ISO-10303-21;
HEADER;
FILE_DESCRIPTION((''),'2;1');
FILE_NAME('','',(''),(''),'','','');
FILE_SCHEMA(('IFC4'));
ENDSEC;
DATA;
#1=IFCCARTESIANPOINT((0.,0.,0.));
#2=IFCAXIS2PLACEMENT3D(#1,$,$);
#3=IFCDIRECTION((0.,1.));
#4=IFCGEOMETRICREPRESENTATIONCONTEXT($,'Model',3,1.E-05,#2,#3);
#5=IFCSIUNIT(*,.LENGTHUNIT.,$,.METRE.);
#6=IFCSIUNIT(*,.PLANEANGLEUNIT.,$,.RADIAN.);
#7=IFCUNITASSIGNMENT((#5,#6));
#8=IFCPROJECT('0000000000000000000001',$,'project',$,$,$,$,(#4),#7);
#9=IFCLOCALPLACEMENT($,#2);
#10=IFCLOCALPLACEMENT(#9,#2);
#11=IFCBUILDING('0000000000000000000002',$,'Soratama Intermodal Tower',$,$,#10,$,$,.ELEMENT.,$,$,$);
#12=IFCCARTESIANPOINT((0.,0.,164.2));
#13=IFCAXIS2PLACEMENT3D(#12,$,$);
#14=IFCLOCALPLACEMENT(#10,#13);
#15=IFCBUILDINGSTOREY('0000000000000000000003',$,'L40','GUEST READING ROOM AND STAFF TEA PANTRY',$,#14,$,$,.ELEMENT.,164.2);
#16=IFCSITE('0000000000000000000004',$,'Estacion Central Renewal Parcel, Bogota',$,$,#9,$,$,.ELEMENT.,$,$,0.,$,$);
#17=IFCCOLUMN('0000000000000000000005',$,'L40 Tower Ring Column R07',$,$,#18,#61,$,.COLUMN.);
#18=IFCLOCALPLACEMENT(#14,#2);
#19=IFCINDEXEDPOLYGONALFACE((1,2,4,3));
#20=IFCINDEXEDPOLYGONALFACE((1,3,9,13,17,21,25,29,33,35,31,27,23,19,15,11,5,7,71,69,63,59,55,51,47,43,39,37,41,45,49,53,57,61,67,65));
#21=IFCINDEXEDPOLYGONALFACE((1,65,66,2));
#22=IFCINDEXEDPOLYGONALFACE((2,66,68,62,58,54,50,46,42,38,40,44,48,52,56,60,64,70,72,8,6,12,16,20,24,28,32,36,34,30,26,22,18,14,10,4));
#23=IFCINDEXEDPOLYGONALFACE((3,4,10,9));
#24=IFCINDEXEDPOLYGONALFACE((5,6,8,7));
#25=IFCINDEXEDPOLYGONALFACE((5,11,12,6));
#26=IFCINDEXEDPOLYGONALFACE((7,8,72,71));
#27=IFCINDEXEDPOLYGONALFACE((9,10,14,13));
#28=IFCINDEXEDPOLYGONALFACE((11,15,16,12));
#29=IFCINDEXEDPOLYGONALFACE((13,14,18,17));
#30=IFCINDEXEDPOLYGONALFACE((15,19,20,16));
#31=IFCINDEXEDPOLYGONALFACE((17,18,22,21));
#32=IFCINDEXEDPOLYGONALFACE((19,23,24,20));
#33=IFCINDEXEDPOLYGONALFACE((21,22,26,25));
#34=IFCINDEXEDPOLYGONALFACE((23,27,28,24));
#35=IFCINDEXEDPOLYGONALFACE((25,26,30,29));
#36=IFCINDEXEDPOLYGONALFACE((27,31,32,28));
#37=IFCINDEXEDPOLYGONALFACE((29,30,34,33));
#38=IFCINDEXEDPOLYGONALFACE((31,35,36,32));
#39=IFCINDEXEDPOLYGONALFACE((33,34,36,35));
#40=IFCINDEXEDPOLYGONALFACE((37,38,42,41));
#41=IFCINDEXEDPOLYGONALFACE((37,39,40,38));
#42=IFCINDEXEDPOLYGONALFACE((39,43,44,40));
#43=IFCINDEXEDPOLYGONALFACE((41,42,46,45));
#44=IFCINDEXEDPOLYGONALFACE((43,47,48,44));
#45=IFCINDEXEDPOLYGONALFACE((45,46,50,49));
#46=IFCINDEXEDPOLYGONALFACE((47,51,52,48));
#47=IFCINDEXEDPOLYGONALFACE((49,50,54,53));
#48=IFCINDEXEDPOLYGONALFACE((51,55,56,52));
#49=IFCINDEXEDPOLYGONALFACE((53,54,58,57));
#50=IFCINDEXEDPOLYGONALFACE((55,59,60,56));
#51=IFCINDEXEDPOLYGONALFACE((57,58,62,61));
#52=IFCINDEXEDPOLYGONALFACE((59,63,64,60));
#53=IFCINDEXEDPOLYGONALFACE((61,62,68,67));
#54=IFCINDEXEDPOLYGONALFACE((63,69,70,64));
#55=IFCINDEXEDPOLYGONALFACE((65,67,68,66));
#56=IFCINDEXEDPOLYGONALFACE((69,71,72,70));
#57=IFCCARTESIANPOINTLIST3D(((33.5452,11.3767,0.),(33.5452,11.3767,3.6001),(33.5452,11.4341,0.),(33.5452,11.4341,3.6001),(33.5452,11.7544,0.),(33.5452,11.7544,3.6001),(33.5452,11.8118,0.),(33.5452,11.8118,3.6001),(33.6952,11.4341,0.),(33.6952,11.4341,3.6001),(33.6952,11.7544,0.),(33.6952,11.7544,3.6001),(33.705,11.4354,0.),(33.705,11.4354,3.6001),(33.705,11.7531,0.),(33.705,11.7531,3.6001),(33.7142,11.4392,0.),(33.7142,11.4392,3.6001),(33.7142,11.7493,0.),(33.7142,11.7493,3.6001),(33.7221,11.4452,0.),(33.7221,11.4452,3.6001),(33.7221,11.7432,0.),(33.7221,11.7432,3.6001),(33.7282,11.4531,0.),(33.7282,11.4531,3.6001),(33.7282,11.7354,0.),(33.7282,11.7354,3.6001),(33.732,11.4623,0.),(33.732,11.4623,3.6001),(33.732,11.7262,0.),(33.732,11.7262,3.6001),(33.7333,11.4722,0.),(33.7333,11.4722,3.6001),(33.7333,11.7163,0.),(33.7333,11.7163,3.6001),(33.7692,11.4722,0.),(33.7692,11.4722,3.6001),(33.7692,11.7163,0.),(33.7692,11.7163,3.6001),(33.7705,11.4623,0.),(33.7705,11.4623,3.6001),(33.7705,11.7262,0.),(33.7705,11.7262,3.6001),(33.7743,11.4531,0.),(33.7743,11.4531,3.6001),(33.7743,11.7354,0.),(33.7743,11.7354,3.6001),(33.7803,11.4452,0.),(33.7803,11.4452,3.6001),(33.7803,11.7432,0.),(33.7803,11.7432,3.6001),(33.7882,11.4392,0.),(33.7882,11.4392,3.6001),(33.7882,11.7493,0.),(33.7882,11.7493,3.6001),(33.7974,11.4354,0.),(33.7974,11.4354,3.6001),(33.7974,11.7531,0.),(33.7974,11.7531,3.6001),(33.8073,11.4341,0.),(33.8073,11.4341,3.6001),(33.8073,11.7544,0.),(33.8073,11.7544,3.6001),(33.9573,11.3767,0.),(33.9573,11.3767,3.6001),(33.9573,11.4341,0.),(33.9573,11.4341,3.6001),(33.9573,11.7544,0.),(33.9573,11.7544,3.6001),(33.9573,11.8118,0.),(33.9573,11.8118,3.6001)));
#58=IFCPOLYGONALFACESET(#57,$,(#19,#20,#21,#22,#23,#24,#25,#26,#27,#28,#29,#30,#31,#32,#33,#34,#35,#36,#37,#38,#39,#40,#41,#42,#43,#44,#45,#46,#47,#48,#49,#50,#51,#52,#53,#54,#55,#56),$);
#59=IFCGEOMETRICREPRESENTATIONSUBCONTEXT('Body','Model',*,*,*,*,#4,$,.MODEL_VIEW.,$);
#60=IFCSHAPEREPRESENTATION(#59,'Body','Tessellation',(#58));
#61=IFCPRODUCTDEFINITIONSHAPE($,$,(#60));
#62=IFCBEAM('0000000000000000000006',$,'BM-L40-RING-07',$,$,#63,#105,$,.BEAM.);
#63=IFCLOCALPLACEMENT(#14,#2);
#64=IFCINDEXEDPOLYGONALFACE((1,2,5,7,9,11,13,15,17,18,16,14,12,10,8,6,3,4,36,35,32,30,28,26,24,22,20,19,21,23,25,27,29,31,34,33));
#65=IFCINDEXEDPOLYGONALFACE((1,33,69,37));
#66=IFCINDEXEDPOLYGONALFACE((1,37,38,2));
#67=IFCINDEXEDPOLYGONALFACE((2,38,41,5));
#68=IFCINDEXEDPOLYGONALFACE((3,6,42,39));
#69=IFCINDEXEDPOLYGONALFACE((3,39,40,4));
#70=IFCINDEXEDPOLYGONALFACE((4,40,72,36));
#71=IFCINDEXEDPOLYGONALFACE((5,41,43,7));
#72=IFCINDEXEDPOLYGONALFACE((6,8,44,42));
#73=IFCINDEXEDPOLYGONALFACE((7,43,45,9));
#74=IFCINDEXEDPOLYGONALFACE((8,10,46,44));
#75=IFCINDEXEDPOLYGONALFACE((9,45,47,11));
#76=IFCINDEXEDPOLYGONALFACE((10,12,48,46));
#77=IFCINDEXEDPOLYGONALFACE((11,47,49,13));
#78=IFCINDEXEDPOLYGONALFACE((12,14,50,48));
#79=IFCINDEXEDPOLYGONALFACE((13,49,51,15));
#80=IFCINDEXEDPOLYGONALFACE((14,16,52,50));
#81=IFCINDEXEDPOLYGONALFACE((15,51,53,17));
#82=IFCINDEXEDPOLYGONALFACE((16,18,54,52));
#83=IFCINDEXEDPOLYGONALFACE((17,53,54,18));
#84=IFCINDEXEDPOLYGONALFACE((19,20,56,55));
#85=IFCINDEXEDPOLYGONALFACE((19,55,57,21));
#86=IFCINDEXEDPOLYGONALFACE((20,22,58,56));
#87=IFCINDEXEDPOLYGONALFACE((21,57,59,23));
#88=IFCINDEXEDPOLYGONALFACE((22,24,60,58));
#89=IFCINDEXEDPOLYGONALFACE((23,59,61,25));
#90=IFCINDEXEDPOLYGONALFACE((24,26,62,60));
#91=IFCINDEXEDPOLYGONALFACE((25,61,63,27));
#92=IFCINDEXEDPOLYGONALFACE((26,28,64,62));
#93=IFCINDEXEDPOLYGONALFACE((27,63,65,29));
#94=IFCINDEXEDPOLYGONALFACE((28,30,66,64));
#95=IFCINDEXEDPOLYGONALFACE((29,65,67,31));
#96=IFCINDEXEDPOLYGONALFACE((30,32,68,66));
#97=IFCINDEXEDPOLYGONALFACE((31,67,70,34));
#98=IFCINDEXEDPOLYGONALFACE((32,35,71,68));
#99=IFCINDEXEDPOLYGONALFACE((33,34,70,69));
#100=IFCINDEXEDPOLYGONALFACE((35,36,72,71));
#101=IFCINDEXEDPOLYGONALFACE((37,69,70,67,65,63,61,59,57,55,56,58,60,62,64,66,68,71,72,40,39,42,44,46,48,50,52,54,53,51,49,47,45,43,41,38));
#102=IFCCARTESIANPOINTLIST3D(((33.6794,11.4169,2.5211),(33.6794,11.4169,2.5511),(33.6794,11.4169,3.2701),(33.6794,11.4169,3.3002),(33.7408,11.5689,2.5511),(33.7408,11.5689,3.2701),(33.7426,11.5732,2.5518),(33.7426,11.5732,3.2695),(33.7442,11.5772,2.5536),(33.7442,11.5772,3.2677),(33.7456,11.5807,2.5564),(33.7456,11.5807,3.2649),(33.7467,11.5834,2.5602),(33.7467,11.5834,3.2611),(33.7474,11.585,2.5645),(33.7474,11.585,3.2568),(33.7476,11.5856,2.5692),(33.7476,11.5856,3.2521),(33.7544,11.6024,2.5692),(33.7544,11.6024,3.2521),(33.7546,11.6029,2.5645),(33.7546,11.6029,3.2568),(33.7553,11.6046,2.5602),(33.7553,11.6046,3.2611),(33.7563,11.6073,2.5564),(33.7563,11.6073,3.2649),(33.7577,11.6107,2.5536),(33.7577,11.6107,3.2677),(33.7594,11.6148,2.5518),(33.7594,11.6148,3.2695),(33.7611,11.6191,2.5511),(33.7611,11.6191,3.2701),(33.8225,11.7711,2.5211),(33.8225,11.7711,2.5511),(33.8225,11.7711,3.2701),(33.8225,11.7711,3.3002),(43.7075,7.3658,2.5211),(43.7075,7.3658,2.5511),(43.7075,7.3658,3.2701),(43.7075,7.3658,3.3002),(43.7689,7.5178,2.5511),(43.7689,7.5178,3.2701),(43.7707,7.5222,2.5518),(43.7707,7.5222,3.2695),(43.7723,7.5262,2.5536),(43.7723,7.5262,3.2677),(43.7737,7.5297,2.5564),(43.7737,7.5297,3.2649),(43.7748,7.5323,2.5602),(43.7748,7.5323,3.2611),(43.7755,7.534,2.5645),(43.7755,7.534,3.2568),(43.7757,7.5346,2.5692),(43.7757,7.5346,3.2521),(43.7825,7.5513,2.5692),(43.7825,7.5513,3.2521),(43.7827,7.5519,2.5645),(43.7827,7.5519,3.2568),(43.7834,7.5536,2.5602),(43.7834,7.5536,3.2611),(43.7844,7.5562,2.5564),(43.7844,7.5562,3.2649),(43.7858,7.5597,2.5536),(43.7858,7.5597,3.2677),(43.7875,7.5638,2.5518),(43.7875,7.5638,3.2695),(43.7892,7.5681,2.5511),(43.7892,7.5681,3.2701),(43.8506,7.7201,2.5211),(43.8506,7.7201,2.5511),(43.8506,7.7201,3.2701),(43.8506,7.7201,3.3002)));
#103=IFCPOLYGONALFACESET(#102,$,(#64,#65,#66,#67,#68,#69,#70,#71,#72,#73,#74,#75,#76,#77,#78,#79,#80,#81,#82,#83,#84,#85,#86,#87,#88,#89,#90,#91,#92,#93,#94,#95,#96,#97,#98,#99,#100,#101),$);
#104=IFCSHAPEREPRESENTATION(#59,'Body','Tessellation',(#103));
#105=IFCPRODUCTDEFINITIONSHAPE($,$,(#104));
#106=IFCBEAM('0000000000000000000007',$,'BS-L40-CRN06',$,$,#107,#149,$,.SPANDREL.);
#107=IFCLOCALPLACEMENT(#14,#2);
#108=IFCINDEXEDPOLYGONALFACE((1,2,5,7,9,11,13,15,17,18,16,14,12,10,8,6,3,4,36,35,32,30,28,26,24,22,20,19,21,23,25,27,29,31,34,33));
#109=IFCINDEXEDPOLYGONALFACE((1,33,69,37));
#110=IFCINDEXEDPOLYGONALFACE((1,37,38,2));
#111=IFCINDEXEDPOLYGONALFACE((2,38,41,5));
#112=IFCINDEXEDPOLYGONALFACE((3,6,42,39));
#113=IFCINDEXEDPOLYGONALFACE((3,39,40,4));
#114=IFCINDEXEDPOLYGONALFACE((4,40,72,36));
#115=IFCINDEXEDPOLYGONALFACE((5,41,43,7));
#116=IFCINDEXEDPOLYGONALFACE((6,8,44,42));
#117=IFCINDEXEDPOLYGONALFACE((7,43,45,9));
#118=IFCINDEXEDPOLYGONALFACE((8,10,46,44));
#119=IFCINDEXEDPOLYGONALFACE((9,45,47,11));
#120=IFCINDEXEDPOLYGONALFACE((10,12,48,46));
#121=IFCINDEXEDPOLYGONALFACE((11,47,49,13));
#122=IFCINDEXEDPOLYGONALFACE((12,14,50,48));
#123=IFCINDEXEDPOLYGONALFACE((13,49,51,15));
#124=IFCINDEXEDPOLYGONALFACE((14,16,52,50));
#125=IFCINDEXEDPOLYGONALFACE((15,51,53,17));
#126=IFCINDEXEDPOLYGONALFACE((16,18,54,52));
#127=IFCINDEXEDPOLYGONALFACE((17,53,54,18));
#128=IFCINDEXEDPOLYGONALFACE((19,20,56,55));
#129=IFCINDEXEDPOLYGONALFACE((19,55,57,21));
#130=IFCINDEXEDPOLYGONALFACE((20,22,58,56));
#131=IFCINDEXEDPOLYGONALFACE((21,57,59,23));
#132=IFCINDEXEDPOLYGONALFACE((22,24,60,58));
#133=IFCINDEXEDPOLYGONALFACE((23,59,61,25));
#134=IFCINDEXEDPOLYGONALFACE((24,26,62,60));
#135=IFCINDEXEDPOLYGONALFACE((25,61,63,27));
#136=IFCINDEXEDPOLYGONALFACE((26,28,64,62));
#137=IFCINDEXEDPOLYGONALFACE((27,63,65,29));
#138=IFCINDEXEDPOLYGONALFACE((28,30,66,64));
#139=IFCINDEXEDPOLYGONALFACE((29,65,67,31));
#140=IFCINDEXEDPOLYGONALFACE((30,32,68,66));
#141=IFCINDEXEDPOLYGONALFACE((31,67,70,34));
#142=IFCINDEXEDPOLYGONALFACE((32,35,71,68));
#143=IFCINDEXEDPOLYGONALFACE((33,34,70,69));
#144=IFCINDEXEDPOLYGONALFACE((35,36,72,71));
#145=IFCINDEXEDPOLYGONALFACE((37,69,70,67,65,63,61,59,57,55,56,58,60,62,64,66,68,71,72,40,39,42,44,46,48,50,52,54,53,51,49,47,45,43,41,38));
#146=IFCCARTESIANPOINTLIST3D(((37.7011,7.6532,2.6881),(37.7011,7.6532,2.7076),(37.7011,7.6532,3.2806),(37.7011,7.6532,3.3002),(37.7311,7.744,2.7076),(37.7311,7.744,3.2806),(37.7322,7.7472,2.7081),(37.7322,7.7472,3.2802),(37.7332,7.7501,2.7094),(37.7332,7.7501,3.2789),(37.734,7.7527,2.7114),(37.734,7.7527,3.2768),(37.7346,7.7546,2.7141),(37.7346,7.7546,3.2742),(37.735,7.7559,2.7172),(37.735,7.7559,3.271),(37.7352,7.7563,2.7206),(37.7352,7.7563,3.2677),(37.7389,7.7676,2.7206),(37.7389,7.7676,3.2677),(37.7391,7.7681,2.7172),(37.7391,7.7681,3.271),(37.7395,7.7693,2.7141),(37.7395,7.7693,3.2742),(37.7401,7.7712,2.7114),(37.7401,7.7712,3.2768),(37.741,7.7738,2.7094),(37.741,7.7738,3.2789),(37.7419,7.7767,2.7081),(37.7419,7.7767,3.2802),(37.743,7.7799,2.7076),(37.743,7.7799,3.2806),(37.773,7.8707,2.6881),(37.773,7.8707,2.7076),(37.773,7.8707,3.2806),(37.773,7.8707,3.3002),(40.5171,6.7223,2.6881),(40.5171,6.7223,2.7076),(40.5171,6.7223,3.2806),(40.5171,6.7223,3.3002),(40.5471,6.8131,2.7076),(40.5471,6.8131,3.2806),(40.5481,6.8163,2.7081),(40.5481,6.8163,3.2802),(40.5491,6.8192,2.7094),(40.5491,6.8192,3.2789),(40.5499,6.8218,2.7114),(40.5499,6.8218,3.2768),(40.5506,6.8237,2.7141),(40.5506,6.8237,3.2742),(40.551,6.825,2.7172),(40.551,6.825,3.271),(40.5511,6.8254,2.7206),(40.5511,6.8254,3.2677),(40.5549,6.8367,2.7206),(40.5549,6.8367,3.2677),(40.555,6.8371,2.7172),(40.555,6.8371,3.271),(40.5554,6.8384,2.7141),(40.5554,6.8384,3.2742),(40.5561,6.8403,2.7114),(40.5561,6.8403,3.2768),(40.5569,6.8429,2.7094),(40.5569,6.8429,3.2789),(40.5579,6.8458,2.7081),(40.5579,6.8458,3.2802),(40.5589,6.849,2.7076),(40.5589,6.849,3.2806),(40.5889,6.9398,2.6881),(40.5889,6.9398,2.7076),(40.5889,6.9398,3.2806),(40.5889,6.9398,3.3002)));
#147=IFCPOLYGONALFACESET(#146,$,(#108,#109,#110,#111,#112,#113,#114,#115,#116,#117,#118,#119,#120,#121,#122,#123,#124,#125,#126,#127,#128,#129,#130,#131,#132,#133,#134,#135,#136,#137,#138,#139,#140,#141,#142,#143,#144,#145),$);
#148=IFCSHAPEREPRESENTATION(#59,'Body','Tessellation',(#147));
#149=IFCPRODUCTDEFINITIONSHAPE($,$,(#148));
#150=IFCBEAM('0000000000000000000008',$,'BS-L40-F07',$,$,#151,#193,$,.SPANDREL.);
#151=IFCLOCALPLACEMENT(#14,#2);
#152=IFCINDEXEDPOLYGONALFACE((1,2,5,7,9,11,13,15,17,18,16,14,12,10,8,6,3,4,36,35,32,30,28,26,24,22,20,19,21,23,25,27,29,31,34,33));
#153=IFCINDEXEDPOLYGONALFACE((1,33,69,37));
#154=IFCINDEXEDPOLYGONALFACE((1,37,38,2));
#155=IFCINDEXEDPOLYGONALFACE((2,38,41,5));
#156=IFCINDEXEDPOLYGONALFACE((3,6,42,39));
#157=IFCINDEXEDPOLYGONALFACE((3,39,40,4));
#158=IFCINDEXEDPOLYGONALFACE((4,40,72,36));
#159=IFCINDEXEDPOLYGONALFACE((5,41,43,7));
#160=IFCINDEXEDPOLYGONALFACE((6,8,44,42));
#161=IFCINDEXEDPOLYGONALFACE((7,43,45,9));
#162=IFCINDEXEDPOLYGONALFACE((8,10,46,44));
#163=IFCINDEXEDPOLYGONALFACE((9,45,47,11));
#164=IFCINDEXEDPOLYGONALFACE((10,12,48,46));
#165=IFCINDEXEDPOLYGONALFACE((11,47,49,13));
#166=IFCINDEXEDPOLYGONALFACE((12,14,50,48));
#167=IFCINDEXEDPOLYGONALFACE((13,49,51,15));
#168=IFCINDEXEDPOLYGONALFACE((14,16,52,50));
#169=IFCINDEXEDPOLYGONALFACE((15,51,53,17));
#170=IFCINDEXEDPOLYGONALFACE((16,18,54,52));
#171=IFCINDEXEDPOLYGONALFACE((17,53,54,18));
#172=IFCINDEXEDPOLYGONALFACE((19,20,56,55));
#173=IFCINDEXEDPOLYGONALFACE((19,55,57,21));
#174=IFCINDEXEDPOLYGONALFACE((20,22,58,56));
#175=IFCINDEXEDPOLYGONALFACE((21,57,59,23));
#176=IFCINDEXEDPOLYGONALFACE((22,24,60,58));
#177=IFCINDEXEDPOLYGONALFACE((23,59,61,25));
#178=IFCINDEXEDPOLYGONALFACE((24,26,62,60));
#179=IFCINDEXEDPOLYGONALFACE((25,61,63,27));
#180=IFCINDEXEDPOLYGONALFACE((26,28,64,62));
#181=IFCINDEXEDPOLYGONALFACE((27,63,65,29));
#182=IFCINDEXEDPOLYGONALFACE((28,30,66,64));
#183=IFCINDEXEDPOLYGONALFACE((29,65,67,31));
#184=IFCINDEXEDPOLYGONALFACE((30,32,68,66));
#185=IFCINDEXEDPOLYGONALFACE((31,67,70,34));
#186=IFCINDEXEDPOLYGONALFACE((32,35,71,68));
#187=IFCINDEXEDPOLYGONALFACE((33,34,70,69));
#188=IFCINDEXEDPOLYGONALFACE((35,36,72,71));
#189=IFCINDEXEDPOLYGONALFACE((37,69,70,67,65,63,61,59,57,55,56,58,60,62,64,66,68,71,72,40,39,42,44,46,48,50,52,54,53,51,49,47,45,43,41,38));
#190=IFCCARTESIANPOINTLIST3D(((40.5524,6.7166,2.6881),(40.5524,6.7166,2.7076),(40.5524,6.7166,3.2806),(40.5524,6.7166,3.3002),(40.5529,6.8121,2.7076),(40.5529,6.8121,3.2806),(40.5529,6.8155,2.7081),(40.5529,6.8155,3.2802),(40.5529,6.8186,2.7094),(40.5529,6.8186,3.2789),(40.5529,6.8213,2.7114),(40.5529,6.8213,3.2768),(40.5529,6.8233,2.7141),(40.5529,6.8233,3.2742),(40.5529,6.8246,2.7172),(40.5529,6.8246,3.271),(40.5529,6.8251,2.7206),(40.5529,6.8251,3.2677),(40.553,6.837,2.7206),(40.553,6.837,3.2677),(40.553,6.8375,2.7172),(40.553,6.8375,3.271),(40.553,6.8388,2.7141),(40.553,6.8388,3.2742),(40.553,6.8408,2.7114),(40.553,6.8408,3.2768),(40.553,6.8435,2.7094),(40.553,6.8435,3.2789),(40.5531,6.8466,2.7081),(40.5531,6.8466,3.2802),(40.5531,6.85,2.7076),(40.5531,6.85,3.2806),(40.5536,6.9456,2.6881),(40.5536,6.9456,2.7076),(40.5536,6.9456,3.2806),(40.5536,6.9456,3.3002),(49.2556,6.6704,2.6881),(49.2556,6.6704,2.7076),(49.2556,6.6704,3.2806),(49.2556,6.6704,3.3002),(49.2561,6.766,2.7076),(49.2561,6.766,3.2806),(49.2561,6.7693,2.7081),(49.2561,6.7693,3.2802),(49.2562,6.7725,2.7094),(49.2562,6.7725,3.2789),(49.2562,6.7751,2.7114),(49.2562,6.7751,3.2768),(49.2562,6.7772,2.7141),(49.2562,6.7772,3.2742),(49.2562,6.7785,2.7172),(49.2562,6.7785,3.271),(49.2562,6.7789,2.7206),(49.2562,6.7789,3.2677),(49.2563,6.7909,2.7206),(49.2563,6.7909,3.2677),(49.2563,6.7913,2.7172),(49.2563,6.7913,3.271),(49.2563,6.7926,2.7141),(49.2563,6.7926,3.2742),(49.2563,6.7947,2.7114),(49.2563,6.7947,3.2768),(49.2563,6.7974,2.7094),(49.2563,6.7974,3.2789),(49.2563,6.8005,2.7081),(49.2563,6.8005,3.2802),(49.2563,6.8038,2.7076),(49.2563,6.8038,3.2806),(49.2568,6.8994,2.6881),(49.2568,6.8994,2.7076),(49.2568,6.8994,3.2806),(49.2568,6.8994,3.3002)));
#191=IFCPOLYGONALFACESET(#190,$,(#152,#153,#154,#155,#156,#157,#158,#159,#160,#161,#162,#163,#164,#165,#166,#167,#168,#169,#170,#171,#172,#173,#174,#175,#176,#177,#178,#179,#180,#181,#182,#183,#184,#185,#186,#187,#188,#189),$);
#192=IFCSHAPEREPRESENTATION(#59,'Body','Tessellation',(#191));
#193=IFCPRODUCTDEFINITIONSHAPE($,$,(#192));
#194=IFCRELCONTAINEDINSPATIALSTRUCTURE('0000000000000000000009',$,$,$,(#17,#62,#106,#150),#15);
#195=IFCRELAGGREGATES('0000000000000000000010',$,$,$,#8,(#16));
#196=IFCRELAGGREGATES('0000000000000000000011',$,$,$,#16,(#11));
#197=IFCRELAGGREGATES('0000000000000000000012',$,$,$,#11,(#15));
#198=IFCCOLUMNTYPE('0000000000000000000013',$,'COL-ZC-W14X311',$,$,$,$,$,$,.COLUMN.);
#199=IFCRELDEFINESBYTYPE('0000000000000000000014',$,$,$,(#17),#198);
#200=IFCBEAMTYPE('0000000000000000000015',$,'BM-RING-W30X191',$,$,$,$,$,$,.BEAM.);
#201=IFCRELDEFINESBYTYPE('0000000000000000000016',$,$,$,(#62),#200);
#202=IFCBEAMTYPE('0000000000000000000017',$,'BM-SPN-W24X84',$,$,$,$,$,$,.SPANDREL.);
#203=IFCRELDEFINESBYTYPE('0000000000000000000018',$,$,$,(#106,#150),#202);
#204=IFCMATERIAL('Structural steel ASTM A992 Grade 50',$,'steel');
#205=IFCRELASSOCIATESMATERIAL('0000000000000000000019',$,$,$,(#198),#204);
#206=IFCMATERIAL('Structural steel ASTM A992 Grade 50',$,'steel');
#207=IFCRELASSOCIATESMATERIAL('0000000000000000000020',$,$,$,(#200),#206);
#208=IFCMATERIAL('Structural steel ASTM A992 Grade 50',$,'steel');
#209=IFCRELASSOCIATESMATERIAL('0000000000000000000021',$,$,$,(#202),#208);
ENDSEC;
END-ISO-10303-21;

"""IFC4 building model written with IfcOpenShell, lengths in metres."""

from ifc_helpers import new_model, si_unit, direction, frame, origin, origin_2d, place, context, subcontext, project, spatial, i_section, extrude, material, material_profile, profile_set, type_object, element, save


model = new_model("IFC4")

# Units and contexts
model_context = context("Model", 3, precision=1e-05, world=origin(), true_north=direction((0.0, 1.0)))
body_context = subcontext(model_context, "Body", "Model", "MODEL_VIEW")
ifc_project = project(units=[si_unit("LENGTHUNIT", "METRE"), si_unit("PLANEANGLEUNIT", "RADIAN")], contexts=[model_context])

# Site, building, storey
site_placement = place(None, origin())
site = spatial("IfcSite", under=ifc_project, at=site_placement, Name="Estacion Central Renewal Parcel, Bogota", CompositionType="ELEMENT", RefElevation=0.0)
building_placement = place(site_placement, origin())
building = spatial("IfcBuilding", under=site, at=building_placement, Name="Soratama Intermodal Tower", CompositionType="ELEMENT")
storey_placement = place(building_placement, frame((0.0, 0.0, 164.2)))
storey = spatial("IfcBuildingStorey", under=building, at=storey_placement, Name="L40", Description="GUEST READING ROOM AND STAFF TEA PANTRY", CompositionType="ELEMENT", Elevation=164.2)

# Column
ifc_material_1 = material(Name="Structural steel ASTM A992 Grade 50", Category="steel")
ifc_material_profile_1 = material_profile(ifc_material_1, i_section(OverallWidth=0.4121, OverallDepth=0.4351, WebThickness=0.0359, FlangeThickness=0.0574, FilletRadius=0.0381, at=origin_2d()), Name="W14X311")
ifc_profile_set_1 = profile_set([ifc_material_profile_1], Name="Structural steel ASTM A992 Grade 50")
column_type = type_object("IfcColumnType", Name="COL-ZC-W14X311", PredefinedType="COLUMN", material=ifc_profile_set_1)
column_placement = place(storey_placement, frame((33.7512, 11.5942, 0.0), z_axis=(0.0, 0.0, 1.0), x_axis=(1.0, 0.0, 0.0)))
element("IfcColumn", 1, at=column_placement, inside=storey, type_object=column_type, Name="L40 Tower Ring Column R07", PredefinedType="COLUMN", context=body_context, shape_type="SweptSolid", body=[
    extrude(i_section(OverallWidth=0.4121, OverallDepth=0.4351, WebThickness=0.0359, FlangeThickness=0.0574, FilletRadius=0.0381, at=origin_2d()), origin(), (0.0, 0.0, 1.0), 3.6001),
])

# Beams
ifc_material_2 = material(Name="Structural steel ASTM A992 Grade 50", Category="steel")
ifc_material_profile_2 = material_profile(ifc_material_2, i_section(OverallWidth=0.3821, OverallDepth=0.7791, WebThickness=0.0181, FlangeThickness=0.03, FilletRadius=0.0181, at=origin_2d()), Name="W30X191")
ifc_profile_set_2 = profile_set([ifc_material_profile_2], Name="Structural steel ASTM A992 Grade 50")
beam_type_1 = type_object("IfcBeamType", Name="BM-RING-W30X191", PredefinedType="BEAM", material=ifc_profile_set_2)
beam_1_placement = place(storey_placement, frame((33.751, 11.594, 2.9106), z_axis=(0.927202, -0.37456, 0.0), x_axis=(0.37456, 0.927202, 0.0)))
element("IfcBeam", 2, at=beam_1_placement, inside=storey, type_object=beam_type_1, Name="BM-L40-RING-07", PredefinedType="BEAM", context=body_context, shape_type="SweptSolid", body=[
    extrude(i_section(OverallWidth=0.3821, OverallDepth=0.7791, WebThickness=0.0181, FlangeThickness=0.03, FilletRadius=0.0181, at=origin_2d()), origin(), (0.0, 0.0, 1.0), 10.8154),
])
ifc_material_3 = material(Name="Structural steel ASTM A992 Grade 50", Category="steel")
ifc_material_profile_3 = material_profile(ifc_material_3, i_section(OverallWidth=0.229, OverallDepth=0.6121, WebThickness=0.012, FlangeThickness=0.0195, FilletRadius=0.0129, at=origin_2d()), Name="W24X84")
ifc_profile_set_3 = profile_set([ifc_material_profile_3], Name="Structural steel ASTM A992 Grade 50")
beam_type_2 = type_object("IfcBeamType", Name="BM-SPN-W24X84", PredefinedType="SPANDREL", material=ifc_profile_set_3)
beam_2_placement = place(storey_placement, frame((37.7371, 7.762, 2.9941), z_axis=(0.949462, -0.313881, 0.0), x_axis=(0.313881, 0.949462, 0.0)))
element("IfcBeam", 3, at=beam_2_placement, inside=storey, type_object=beam_type_2, Name="BS-L40-CRN06", PredefinedType="SPANDREL", context=body_context, shape_type="SweptSolid", body=[
    extrude(i_section(OverallWidth=0.229, OverallDepth=0.6121, WebThickness=0.012, FlangeThickness=0.0195, FilletRadius=0.0129, at=origin_2d()), origin(), (0.0, 0.0, 1.0), 2.9658),
])
beam_3_placement = place(storey_placement, frame((40.553, 6.8311, 2.9941), z_axis=(0.999986, -0.005302, 0.0), x_axis=(0.005302, 0.999986, 0.0)))
element("IfcBeam", 4, at=beam_3_placement, inside=storey, type_object=beam_type_2, Name="BS-L40-F07", PredefinedType="SPANDREL", context=body_context, shape_type="SweptSolid", body=[
    extrude(i_section(OverallWidth=0.229, OverallDepth=0.6121, WebThickness=0.012, FlangeThickness=0.0195, FilletRadius=0.0129, at=origin_2d()), origin(), (0.0, 0.0, 1.0), 8.7034),
])

save(model, "model.ifc")
